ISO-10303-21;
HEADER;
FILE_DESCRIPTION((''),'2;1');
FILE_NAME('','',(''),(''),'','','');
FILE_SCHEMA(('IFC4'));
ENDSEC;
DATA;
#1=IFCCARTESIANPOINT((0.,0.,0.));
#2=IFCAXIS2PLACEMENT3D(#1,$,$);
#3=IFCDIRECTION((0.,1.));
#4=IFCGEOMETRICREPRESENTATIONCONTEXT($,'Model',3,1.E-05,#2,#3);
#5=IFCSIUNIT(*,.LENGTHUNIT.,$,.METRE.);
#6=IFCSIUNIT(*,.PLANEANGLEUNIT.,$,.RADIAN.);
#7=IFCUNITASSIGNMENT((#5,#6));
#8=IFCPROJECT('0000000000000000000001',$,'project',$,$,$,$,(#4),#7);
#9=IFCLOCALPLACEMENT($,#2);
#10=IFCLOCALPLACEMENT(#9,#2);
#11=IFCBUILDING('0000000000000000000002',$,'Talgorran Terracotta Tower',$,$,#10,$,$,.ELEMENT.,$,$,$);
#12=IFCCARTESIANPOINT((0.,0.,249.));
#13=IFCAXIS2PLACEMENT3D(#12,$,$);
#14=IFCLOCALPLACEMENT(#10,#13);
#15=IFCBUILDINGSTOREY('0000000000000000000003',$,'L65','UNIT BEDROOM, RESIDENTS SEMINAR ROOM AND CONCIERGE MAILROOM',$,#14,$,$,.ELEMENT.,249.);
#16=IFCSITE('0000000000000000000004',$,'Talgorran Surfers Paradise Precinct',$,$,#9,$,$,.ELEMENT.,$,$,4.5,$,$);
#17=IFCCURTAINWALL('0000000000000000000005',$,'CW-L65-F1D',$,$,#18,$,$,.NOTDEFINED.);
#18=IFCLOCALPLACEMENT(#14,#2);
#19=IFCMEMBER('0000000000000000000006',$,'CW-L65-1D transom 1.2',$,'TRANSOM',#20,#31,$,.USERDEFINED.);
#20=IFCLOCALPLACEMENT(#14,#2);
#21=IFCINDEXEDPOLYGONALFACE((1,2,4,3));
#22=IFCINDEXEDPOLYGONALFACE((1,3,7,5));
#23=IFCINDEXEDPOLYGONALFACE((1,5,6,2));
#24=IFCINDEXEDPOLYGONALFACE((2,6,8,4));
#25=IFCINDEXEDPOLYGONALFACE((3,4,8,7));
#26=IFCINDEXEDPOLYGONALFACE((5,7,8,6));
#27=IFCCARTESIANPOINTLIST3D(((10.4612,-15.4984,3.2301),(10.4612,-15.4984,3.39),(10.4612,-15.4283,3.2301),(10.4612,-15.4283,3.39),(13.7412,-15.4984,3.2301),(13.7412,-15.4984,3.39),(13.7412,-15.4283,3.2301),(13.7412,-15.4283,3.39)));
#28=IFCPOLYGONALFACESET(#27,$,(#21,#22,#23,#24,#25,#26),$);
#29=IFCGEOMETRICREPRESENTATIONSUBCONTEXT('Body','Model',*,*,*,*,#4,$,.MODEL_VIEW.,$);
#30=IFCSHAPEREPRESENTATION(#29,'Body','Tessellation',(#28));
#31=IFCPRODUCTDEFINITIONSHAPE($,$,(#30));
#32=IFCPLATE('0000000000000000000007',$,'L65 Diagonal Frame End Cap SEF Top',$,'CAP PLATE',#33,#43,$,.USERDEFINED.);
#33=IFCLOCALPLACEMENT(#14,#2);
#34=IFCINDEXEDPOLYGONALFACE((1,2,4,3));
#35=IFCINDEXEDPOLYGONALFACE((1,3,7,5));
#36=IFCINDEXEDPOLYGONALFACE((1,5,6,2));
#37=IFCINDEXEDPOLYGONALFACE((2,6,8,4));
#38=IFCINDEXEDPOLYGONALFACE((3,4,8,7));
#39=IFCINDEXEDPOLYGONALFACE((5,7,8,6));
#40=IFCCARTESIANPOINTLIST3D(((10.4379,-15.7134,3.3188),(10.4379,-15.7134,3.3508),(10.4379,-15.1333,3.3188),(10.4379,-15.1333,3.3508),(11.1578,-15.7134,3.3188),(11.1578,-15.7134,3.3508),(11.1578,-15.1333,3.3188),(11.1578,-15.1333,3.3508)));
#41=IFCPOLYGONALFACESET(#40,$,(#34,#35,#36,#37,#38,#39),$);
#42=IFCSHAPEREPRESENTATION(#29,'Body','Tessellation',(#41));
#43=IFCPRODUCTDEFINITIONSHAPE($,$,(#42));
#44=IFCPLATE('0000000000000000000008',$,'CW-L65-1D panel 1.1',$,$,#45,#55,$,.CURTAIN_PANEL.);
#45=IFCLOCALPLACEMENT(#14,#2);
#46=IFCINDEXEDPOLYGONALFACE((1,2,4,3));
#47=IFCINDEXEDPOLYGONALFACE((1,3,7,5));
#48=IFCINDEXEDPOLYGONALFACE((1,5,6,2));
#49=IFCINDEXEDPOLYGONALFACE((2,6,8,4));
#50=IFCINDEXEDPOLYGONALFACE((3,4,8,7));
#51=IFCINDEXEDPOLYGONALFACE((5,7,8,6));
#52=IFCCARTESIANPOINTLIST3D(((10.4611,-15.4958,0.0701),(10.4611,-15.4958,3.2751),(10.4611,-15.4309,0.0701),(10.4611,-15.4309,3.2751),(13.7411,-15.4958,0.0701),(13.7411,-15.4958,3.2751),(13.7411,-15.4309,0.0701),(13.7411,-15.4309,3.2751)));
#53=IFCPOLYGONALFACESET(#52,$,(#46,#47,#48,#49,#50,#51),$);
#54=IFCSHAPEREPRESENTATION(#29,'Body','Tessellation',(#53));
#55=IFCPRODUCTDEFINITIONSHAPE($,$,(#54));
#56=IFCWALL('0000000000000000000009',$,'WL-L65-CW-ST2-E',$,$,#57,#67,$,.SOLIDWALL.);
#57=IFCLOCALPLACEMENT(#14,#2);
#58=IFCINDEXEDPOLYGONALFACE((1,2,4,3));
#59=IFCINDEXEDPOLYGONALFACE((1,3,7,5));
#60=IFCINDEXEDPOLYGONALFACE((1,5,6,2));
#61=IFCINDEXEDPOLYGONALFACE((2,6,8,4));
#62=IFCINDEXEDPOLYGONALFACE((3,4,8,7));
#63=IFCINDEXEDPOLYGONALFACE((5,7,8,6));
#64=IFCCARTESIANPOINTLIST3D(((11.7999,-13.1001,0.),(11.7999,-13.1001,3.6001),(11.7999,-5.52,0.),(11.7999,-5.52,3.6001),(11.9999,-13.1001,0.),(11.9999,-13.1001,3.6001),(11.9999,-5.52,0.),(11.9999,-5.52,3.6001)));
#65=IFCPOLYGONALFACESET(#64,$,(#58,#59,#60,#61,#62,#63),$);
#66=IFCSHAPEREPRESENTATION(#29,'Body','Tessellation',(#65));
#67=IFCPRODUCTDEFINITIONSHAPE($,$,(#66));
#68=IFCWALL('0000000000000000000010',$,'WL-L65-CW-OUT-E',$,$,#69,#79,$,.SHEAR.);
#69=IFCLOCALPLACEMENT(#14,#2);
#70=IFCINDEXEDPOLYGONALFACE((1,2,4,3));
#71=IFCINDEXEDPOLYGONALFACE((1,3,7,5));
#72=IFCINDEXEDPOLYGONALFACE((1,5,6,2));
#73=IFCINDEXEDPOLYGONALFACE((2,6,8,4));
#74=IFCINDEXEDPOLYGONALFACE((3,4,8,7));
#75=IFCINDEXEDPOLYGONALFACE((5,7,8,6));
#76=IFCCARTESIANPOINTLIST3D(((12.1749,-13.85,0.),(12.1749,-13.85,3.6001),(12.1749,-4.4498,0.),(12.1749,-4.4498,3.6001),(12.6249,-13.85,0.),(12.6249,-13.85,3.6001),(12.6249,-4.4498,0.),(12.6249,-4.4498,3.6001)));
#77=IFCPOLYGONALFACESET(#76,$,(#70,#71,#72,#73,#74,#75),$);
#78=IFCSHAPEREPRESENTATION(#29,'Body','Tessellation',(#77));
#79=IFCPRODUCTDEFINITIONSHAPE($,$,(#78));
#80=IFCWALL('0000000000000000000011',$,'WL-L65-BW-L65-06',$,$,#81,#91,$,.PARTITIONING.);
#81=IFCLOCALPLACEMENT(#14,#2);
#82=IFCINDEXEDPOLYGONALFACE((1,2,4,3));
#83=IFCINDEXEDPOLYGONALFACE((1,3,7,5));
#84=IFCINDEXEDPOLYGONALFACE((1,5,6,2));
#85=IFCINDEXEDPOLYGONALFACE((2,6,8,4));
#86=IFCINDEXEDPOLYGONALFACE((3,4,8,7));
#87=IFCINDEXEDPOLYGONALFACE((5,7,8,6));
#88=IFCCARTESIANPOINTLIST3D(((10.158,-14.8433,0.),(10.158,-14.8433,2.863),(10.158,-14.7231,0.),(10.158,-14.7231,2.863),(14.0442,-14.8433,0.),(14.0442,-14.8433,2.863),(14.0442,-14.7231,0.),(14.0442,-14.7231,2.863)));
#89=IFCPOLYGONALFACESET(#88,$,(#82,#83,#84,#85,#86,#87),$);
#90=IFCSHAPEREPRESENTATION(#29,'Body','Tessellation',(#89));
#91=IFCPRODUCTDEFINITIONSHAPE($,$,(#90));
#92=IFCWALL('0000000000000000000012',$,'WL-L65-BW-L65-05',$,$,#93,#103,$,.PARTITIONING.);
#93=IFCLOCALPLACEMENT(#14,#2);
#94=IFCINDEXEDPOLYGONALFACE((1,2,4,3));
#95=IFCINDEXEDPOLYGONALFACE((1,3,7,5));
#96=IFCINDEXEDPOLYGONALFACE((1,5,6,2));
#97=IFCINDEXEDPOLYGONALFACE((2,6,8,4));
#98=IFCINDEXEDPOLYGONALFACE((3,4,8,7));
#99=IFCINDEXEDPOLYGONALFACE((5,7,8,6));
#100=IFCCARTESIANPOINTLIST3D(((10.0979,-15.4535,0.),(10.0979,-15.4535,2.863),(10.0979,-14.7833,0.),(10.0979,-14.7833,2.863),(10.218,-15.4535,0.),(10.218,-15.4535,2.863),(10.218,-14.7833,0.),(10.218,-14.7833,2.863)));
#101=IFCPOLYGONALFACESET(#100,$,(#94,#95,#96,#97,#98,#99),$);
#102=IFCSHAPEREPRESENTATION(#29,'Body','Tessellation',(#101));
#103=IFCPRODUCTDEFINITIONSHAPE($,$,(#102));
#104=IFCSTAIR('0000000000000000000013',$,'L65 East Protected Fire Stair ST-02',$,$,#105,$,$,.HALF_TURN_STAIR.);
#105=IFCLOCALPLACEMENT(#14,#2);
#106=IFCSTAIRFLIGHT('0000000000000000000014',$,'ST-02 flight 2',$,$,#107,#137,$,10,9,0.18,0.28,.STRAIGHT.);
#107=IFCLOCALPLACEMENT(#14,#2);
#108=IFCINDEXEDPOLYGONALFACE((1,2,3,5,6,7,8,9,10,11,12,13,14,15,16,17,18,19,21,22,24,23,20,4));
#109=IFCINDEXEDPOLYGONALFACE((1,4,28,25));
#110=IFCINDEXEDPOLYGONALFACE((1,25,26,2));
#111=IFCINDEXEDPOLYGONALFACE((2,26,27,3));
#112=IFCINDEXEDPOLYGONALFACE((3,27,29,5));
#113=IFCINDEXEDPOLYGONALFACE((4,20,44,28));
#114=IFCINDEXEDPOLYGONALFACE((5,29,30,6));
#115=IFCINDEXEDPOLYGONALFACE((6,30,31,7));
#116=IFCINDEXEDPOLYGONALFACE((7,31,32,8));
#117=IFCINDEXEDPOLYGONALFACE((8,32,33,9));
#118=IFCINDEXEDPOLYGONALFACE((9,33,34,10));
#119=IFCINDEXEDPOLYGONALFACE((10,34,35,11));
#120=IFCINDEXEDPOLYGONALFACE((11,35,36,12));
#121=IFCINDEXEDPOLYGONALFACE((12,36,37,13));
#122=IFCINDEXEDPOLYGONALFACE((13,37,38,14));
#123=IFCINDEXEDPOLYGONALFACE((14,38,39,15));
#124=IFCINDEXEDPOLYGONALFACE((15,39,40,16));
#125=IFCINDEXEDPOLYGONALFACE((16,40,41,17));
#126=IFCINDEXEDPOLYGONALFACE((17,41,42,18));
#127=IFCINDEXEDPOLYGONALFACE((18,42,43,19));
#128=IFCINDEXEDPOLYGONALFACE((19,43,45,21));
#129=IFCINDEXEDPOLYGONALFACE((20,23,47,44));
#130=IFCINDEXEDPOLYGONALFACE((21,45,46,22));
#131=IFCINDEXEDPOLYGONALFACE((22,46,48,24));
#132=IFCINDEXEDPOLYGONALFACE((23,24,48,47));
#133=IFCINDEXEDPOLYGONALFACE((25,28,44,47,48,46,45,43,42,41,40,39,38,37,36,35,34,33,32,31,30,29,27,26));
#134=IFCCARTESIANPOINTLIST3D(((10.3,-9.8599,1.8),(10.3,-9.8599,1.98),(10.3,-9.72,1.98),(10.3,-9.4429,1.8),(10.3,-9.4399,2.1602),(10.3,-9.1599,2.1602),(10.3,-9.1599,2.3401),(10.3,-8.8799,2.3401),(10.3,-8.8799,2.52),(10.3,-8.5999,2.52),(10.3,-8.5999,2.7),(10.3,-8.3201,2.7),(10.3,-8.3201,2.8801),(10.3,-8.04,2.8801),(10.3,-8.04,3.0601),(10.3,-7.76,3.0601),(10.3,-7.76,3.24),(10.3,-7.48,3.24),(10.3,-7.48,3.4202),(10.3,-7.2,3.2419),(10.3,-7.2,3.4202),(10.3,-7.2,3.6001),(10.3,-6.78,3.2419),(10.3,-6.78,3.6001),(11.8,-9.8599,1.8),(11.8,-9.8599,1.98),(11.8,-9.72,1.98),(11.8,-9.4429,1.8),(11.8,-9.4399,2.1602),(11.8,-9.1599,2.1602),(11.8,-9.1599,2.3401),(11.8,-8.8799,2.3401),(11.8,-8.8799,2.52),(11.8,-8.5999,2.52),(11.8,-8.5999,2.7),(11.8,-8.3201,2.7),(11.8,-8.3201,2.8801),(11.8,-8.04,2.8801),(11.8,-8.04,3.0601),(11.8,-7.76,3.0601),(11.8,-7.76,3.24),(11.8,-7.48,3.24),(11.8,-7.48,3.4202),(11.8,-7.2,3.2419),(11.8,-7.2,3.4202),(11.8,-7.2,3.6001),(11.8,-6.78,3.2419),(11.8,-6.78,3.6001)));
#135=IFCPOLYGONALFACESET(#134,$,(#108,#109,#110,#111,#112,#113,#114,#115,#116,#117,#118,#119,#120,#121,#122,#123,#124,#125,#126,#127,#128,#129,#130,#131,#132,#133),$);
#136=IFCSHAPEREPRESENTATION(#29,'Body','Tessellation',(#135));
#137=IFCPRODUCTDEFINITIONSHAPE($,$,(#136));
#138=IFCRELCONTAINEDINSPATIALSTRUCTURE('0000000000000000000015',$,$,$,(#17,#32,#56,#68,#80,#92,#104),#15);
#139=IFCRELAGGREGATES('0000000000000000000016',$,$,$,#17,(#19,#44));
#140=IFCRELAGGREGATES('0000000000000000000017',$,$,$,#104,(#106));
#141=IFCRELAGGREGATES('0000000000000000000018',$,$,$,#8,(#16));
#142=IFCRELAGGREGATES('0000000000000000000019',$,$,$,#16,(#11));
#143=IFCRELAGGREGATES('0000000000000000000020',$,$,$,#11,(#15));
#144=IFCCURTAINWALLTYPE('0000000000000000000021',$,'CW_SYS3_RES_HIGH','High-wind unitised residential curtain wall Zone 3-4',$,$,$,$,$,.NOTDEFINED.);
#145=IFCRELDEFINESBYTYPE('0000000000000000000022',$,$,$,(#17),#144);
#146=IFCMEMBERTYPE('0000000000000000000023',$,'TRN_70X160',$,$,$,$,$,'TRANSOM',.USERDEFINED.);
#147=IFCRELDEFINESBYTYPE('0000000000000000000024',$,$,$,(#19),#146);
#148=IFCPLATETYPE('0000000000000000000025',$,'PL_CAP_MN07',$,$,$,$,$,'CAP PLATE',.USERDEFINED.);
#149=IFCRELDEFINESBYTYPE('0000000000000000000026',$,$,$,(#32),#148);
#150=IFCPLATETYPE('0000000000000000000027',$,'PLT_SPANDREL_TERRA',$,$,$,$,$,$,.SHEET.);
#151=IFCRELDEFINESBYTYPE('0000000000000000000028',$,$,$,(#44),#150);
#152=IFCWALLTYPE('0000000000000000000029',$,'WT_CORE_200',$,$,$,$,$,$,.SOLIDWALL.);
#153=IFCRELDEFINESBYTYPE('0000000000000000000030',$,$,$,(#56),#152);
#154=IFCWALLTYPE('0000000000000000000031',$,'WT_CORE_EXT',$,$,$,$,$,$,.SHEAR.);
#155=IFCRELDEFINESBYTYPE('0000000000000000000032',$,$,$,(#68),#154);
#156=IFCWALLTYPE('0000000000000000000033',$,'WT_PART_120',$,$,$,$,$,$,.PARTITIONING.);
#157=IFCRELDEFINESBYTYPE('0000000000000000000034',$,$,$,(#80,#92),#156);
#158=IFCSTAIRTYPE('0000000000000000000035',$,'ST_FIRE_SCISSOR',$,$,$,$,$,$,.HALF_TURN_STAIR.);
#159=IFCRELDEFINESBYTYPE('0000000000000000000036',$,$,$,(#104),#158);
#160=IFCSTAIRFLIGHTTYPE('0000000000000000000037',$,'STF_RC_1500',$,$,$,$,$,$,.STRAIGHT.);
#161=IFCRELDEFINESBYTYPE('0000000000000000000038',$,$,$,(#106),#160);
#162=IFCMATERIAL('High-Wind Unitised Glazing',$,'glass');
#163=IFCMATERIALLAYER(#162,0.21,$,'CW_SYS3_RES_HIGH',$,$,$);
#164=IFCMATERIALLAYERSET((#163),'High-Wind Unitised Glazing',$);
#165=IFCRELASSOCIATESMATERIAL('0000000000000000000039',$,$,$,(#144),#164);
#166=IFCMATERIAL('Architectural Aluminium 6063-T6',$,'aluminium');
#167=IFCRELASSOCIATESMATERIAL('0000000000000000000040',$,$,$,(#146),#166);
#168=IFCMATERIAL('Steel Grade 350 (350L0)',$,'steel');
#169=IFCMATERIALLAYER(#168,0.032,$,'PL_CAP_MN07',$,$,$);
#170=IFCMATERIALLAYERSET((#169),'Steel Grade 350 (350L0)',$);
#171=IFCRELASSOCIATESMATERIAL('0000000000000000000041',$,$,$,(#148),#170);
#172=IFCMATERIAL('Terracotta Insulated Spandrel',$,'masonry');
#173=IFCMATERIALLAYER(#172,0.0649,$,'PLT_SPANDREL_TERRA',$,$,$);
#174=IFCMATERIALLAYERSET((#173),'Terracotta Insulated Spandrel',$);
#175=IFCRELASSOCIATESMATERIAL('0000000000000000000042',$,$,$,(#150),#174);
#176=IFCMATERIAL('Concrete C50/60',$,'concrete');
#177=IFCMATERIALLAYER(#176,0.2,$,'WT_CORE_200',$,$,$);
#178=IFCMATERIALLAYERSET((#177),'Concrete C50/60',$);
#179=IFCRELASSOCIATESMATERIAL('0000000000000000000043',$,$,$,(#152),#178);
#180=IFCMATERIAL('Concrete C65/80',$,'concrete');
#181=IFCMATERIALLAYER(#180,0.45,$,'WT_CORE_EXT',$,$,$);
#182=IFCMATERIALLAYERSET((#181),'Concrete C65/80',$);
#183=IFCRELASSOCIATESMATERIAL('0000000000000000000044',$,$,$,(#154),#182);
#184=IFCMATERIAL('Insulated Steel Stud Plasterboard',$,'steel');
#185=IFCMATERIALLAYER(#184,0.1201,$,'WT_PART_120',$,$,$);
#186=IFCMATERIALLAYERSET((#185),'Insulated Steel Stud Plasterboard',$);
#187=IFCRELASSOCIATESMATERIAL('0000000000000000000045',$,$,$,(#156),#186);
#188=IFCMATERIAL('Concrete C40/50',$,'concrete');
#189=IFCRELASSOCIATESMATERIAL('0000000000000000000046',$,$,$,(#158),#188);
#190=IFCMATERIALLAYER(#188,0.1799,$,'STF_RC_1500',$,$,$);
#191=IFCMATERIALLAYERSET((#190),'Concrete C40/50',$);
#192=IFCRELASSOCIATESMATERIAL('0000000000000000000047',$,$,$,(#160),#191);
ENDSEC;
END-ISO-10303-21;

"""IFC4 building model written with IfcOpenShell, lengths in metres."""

from ifc_helpers import new_model, si_unit, direction, frame, frame_2d, origin, origin_2d, place, context, subcontext, project, spatial, polyline, rectangle, outline, extrude, source, transform, mapped, material, layer, layer_set, material_profile, profile_set, type_object, type_shapes, element, aggregate, save


model = new_model("IFC4")

# Units and contexts
model_context = context("Model", 3, precision=1e-05, world=origin(), true_north=direction((0.0, 1.0)))
body_context = subcontext(model_context, "Body", "Model", "MODEL_VIEW")
ifc_project = project(units=[si_unit("LENGTHUNIT", "METRE"), si_unit("PLANEANGLEUNIT", "RADIAN")], contexts=[model_context])

# Site, building, storey
site_placement = place(None, origin())
site = spatial("IfcSite", under=ifc_project, at=site_placement, Name="Talgorran Surfers Paradise Precinct", CompositionType="ELEMENT", RefElevation=4.5)
building_placement = place(site_placement, origin())
building = spatial("IfcBuilding", under=site, at=building_placement, Name="Talgorran Terracotta Tower", CompositionType="ELEMENT")
storey_placement = place(building_placement, frame((0.0, 0.0, 249.0)))
storey = spatial("IfcBuildingStorey", under=building, at=storey_placement, Name="L65", Description="UNIT BEDROOM, RESIDENTS SEMINAR ROOM AND CONCIERGE MAILROOM", CompositionType="ELEMENT", Elevation=249.0)

# Shared definitions
ifc_material_1 = material(Name="High-Wind Unitised Glazing", Category="glass")
ifc_layer_1 = layer(ifc_material_1, 0.21, Name="CW_SYS3_RES_HIGH")
ifc_layer_set_1 = layer_set([ifc_layer_1], Name="High-Wind Unitised Glazing")
curtain_wall_type = type_object("IfcCurtainWallType", Name="CW_SYS3_RES_HIGH", Description="High-wind unitised residential curtain wall Zone 3-4", PredefinedType="NOTDEFINED", material=ifc_layer_set_1)
ifc_material_2 = material(Name="Architectural Aluminium 6063-T6", Category="aluminium")

# Curtain wall, member
curtain_wall_1_placement = place(storey_placement, origin())
curtain_wall_1 = element("IfcCurtainWall", 1, at=curtain_wall_1_placement, inside=storey, type_object=curtain_wall_type, Name="CW-L65-F1D", PredefinedType="NOTDEFINED")
ifc_material_profile_1 = material_profile(ifc_material_2, rectangle(XDim=0.0701, YDim=0.1599, at=origin_2d()), Name="CWT70X160")
ifc_profile_set_1 = profile_set([ifc_material_profile_1], Name="Architectural Aluminium 6063-T6")
member_type_1 = type_object("IfcMemberType", Name="TRN_70X160", ElementType="TRANSOM", PredefinedType="USERDEFINED", material=ifc_profile_set_1)
member_1_placement = place(storey_placement, frame((10.4612, -15.4634, 3.3101), z_axis=(1.0, 0.0, 0.0), x_axis=(0.0, 1.0, 0.0)))
member_1 = element("IfcMember", 2, at=member_1_placement, type_object=member_type_1, Name="CW-L65-1D transom 1.2", ObjectType="TRANSOM", PredefinedType="USERDEFINED", context=body_context, shape_type="SweptSolid", body=[
    extrude(rectangle(XDim=0.0701, YDim=0.1599, at=origin_2d()), origin(), (0.0, 0.0, 1.0), 3.28),
])

# Plates
ifc_material_3 = material(Name="Steel Grade 350 (350L0)", Category="steel")
ifc_layer_2 = layer(ifc_material_3, 0.032, Name="PL_CAP_MN07")
ifc_layer_set_2 = layer_set([ifc_layer_2], Name="Steel Grade 350 (350L0)")
plate_type_1 = type_object("IfcPlateType", Name="PL_CAP_MN07", ElementType="CAP PLATE", PredefinedType="USERDEFINED", material=ifc_layer_set_2)
plate_1_placement = place(storey_placement, frame((10.7979, -15.4233, 3.3188), z_axis=(0.0, 0.0, 1.0), x_axis=(-1.0, 0.0, 0.0)))
element("IfcPlate", 3, at=plate_1_placement, inside=storey, type_object=plate_type_1, Name="L65 Diagonal Frame End Cap SEF Top", ObjectType="CAP PLATE", PredefinedType="USERDEFINED", context=body_context, shape_type="SweptSolid", body=[
    extrude(rectangle(XDim=0.72, YDim=0.5801, at=origin_2d()), origin(), (0.0, 0.0, 1.0), 0.032),
])
ifc_material_4 = material(Name="Terracotta Insulated Spandrel", Category="masonry")
ifc_layer_3 = layer(ifc_material_4, 0.0649, Name="PLT_SPANDREL_TERRA")
ifc_layer_set_3 = layer_set([ifc_layer_3], Name="Terracotta Insulated Spandrel")
plate_type_2 = type_object("IfcPlateType", Name="PLT_SPANDREL_TERRA", PredefinedType="SHEET", material=ifc_layer_set_3)
shared_shape = source(origin(), body_context, "Body", "SweptSolid", [
    extrude(rectangle(XDim=3.28, YDim=0.0649, at=origin_2d()), origin(), (0.0, 0.0, 1.0), 3.2051),
])
type_shapes(plate_type_2, [shared_shape])
plate_2_placement = place(storey_placement, frame((12.1011, -15.4634, 0.0701), z_axis=(0.0, 0.0, 1.0), x_axis=(1.0, 0.0, 0.0)))
plate_2 = element("IfcPlate", 4, at=plate_2_placement, type_object=plate_type_2, Name="CW-L65-1D panel 1.1", PredefinedType="CURTAIN_PANEL", context=body_context, shape_type="MappedRepresentation", body=[
    mapped(shared_shape, transform((0.0, 0.0, 0.0), scale=1.0)),
])
aggregate(curtain_wall_1, [member_1, plate_2])

# Walls
ifc_material_5 = material(Name="Concrete C50/60", Category="concrete")
ifc_layer_4 = layer(ifc_material_5, 0.2, Name="WT_CORE_200")
ifc_layer_set_4 = layer_set([ifc_layer_4], Name="Concrete C50/60")
wall_type_1 = type_object("IfcWallType", Name="WT_CORE_200", PredefinedType="SOLIDWALL", material=ifc_layer_set_4)
wall_1_placement = place(storey_placement, frame((11.8999, -13.1001, 0.0), z_axis=(0.0, 0.0, 1.0), x_axis=(0.0, 1.0, 0.0)))
element("IfcWall", 5, at=wall_1_placement, inside=storey, type_object=wall_type_1, Name="WL-L65-CW-ST2-E", PredefinedType="SOLIDWALL", context=body_context, shape_type="SweptSolid", body=[
    extrude(rectangle(XDim=7.5801, YDim=0.2, at=frame_2d((3.79, 0.0))), origin(), (0.0, 0.0, 1.0), 3.6001),
])
ifc_material_6 = material(Name="Concrete C65/80", Category="concrete")
ifc_layer_5 = layer(ifc_material_6, 0.45, Name="WT_CORE_EXT")
ifc_layer_set_5 = layer_set([ifc_layer_5], Name="Concrete C65/80")
wall_type_2 = type_object("IfcWallType", Name="WT_CORE_EXT", PredefinedType="SHEAR", material=ifc_layer_set_5)
wall_2_placement = place(storey_placement, frame((12.3999, -13.8501, 0.0), z_axis=(0.0, 0.0, 1.0), x_axis=(0.0, 1.0, 0.0)))
element("IfcWall", 6, at=wall_2_placement, inside=storey, type_object=wall_type_2, Name="WL-L65-CW-OUT-E", PredefinedType="SHEAR", context=body_context, shape_type="SweptSolid", body=[
    extrude(rectangle(XDim=9.4001, YDim=0.45, at=frame_2d((4.7002, 0.0))), origin(), (0.0, 0.0, 1.0), 3.6001),
])
ifc_material_7 = material(Name="Insulated Steel Stud Plasterboard", Category="steel")
ifc_layer_6 = layer(ifc_material_7, 0.1201, Name="WT_PART_120")
ifc_layer_set_6 = layer_set([ifc_layer_6], Name="Insulated Steel Stud Plasterboard")
wall_type_3 = type_object("IfcWallType", Name="WT_PART_120", PredefinedType="PARTITIONING", material=ifc_layer_set_6)
wall_3_placement = place(storey_placement, frame((10.158, -14.7832, 0.0), z_axis=(0.0, 0.0, 1.0), x_axis=(1.0, 0.0, 0.0)))
element("IfcWall", 7, at=wall_3_placement, inside=storey, type_object=wall_type_3, Name="WL-L65-BW-L65-06", PredefinedType="PARTITIONING", context=body_context, shape_type="SweptSolid", body=[
    extrude(rectangle(XDim=3.8862, YDim=0.1201, at=frame_2d((1.9431, 0.0))), origin(), (0.0, 0.0, 1.0), 2.863),
])
wall_4_placement = place(storey_placement, frame((10.158, -15.4534, 0.0), z_axis=(0.0, 0.0, 1.0), x_axis=(0.0, 1.0, 0.0)))
element("IfcWall", 8, at=wall_4_placement, inside=storey, type_object=wall_type_3, Name="WL-L65-BW-L65-05", PredefinedType="PARTITIONING", context=body_context, shape_type="SweptSolid", body=[
    extrude(rectangle(XDim=0.6702, YDim=0.1201, at=frame_2d((0.335, 0.0))), origin(), (0.0, 0.0, 1.0), 2.863),
])

# Stair, stair flight
ifc_material_8 = material(Name="Concrete C40/50", Category="concrete")
stair_type = type_object("IfcStairType", Name="ST_FIRE_SCISSOR", PredefinedType="HALF_TURN_STAIR", material=ifc_material_8)
stair_placement = place(storey_placement, origin())
stair = element("IfcStair", 9, at=stair_placement, inside=storey, type_object=stair_type, Name="L65 East Protected Fire Stair ST-02", PredefinedType="HALF_TURN_STAIR")
ifc_layer_7 = layer(ifc_material_8, 0.1799, Name="STF_RC_1500")
ifc_layer_set_7 = layer_set([ifc_layer_7], Name="Concrete C40/50")
stair_flight_type = type_object("IfcStairFlightType", Name="STF_RC_1500", PredefinedType="STRAIGHT", material=ifc_layer_set_7)
stair_flight_placement = place(storey_placement, frame((11.05, -9.72, 1.8), z_axis=(0.0, 0.0, 1.0), x_axis=(0.0, 1.0, 0.0)))
stair_flight = element("IfcStairFlight", 10, at=stair_flight_placement, type_object=stair_flight_type, Name="ST-02 flight 2", NumberOfRisers=10, NumberOfTreads=9, PredefinedType="STRAIGHT", RiserHeight=0.18, TreadLength=0.28, context=body_context, shape_type="SweptSolid", body=[
    extrude(outline(polyline([(-0.1399, 0.0), (-0.1399, 0.1799), (0.0, 0.1799), (0.28, 0.3601), (0.5601, 0.3601), (0.5601, 0.54), (0.8401, 0.54), (0.8401, 0.72), (1.1201, 0.72), (1.1201, 0.8999), (1.3999, 0.8999), (1.3999, 1.0801), (1.6799, 1.0801), (1.6799, 1.26), (1.96, 1.26), (1.96, 1.4399), (2.24, 1.4399), (2.24, 1.6201), (2.52, 1.6201), (2.52, 1.8), (2.9399, 1.8), (2.9399, 1.4419), (2.52, 1.4419), (0.2771, 0.0), (-0.1399, 0.0)])), frame((0.0, 0.75, 0.0), z_axis=(0.0, -1.0, 0.0), x_axis=(1.0, 0.0, 0.0)), (0.0, 0.0, 1.0), 1.5),
])
aggregate(stair, [stair_flight])

save(model, "model.ifc")
